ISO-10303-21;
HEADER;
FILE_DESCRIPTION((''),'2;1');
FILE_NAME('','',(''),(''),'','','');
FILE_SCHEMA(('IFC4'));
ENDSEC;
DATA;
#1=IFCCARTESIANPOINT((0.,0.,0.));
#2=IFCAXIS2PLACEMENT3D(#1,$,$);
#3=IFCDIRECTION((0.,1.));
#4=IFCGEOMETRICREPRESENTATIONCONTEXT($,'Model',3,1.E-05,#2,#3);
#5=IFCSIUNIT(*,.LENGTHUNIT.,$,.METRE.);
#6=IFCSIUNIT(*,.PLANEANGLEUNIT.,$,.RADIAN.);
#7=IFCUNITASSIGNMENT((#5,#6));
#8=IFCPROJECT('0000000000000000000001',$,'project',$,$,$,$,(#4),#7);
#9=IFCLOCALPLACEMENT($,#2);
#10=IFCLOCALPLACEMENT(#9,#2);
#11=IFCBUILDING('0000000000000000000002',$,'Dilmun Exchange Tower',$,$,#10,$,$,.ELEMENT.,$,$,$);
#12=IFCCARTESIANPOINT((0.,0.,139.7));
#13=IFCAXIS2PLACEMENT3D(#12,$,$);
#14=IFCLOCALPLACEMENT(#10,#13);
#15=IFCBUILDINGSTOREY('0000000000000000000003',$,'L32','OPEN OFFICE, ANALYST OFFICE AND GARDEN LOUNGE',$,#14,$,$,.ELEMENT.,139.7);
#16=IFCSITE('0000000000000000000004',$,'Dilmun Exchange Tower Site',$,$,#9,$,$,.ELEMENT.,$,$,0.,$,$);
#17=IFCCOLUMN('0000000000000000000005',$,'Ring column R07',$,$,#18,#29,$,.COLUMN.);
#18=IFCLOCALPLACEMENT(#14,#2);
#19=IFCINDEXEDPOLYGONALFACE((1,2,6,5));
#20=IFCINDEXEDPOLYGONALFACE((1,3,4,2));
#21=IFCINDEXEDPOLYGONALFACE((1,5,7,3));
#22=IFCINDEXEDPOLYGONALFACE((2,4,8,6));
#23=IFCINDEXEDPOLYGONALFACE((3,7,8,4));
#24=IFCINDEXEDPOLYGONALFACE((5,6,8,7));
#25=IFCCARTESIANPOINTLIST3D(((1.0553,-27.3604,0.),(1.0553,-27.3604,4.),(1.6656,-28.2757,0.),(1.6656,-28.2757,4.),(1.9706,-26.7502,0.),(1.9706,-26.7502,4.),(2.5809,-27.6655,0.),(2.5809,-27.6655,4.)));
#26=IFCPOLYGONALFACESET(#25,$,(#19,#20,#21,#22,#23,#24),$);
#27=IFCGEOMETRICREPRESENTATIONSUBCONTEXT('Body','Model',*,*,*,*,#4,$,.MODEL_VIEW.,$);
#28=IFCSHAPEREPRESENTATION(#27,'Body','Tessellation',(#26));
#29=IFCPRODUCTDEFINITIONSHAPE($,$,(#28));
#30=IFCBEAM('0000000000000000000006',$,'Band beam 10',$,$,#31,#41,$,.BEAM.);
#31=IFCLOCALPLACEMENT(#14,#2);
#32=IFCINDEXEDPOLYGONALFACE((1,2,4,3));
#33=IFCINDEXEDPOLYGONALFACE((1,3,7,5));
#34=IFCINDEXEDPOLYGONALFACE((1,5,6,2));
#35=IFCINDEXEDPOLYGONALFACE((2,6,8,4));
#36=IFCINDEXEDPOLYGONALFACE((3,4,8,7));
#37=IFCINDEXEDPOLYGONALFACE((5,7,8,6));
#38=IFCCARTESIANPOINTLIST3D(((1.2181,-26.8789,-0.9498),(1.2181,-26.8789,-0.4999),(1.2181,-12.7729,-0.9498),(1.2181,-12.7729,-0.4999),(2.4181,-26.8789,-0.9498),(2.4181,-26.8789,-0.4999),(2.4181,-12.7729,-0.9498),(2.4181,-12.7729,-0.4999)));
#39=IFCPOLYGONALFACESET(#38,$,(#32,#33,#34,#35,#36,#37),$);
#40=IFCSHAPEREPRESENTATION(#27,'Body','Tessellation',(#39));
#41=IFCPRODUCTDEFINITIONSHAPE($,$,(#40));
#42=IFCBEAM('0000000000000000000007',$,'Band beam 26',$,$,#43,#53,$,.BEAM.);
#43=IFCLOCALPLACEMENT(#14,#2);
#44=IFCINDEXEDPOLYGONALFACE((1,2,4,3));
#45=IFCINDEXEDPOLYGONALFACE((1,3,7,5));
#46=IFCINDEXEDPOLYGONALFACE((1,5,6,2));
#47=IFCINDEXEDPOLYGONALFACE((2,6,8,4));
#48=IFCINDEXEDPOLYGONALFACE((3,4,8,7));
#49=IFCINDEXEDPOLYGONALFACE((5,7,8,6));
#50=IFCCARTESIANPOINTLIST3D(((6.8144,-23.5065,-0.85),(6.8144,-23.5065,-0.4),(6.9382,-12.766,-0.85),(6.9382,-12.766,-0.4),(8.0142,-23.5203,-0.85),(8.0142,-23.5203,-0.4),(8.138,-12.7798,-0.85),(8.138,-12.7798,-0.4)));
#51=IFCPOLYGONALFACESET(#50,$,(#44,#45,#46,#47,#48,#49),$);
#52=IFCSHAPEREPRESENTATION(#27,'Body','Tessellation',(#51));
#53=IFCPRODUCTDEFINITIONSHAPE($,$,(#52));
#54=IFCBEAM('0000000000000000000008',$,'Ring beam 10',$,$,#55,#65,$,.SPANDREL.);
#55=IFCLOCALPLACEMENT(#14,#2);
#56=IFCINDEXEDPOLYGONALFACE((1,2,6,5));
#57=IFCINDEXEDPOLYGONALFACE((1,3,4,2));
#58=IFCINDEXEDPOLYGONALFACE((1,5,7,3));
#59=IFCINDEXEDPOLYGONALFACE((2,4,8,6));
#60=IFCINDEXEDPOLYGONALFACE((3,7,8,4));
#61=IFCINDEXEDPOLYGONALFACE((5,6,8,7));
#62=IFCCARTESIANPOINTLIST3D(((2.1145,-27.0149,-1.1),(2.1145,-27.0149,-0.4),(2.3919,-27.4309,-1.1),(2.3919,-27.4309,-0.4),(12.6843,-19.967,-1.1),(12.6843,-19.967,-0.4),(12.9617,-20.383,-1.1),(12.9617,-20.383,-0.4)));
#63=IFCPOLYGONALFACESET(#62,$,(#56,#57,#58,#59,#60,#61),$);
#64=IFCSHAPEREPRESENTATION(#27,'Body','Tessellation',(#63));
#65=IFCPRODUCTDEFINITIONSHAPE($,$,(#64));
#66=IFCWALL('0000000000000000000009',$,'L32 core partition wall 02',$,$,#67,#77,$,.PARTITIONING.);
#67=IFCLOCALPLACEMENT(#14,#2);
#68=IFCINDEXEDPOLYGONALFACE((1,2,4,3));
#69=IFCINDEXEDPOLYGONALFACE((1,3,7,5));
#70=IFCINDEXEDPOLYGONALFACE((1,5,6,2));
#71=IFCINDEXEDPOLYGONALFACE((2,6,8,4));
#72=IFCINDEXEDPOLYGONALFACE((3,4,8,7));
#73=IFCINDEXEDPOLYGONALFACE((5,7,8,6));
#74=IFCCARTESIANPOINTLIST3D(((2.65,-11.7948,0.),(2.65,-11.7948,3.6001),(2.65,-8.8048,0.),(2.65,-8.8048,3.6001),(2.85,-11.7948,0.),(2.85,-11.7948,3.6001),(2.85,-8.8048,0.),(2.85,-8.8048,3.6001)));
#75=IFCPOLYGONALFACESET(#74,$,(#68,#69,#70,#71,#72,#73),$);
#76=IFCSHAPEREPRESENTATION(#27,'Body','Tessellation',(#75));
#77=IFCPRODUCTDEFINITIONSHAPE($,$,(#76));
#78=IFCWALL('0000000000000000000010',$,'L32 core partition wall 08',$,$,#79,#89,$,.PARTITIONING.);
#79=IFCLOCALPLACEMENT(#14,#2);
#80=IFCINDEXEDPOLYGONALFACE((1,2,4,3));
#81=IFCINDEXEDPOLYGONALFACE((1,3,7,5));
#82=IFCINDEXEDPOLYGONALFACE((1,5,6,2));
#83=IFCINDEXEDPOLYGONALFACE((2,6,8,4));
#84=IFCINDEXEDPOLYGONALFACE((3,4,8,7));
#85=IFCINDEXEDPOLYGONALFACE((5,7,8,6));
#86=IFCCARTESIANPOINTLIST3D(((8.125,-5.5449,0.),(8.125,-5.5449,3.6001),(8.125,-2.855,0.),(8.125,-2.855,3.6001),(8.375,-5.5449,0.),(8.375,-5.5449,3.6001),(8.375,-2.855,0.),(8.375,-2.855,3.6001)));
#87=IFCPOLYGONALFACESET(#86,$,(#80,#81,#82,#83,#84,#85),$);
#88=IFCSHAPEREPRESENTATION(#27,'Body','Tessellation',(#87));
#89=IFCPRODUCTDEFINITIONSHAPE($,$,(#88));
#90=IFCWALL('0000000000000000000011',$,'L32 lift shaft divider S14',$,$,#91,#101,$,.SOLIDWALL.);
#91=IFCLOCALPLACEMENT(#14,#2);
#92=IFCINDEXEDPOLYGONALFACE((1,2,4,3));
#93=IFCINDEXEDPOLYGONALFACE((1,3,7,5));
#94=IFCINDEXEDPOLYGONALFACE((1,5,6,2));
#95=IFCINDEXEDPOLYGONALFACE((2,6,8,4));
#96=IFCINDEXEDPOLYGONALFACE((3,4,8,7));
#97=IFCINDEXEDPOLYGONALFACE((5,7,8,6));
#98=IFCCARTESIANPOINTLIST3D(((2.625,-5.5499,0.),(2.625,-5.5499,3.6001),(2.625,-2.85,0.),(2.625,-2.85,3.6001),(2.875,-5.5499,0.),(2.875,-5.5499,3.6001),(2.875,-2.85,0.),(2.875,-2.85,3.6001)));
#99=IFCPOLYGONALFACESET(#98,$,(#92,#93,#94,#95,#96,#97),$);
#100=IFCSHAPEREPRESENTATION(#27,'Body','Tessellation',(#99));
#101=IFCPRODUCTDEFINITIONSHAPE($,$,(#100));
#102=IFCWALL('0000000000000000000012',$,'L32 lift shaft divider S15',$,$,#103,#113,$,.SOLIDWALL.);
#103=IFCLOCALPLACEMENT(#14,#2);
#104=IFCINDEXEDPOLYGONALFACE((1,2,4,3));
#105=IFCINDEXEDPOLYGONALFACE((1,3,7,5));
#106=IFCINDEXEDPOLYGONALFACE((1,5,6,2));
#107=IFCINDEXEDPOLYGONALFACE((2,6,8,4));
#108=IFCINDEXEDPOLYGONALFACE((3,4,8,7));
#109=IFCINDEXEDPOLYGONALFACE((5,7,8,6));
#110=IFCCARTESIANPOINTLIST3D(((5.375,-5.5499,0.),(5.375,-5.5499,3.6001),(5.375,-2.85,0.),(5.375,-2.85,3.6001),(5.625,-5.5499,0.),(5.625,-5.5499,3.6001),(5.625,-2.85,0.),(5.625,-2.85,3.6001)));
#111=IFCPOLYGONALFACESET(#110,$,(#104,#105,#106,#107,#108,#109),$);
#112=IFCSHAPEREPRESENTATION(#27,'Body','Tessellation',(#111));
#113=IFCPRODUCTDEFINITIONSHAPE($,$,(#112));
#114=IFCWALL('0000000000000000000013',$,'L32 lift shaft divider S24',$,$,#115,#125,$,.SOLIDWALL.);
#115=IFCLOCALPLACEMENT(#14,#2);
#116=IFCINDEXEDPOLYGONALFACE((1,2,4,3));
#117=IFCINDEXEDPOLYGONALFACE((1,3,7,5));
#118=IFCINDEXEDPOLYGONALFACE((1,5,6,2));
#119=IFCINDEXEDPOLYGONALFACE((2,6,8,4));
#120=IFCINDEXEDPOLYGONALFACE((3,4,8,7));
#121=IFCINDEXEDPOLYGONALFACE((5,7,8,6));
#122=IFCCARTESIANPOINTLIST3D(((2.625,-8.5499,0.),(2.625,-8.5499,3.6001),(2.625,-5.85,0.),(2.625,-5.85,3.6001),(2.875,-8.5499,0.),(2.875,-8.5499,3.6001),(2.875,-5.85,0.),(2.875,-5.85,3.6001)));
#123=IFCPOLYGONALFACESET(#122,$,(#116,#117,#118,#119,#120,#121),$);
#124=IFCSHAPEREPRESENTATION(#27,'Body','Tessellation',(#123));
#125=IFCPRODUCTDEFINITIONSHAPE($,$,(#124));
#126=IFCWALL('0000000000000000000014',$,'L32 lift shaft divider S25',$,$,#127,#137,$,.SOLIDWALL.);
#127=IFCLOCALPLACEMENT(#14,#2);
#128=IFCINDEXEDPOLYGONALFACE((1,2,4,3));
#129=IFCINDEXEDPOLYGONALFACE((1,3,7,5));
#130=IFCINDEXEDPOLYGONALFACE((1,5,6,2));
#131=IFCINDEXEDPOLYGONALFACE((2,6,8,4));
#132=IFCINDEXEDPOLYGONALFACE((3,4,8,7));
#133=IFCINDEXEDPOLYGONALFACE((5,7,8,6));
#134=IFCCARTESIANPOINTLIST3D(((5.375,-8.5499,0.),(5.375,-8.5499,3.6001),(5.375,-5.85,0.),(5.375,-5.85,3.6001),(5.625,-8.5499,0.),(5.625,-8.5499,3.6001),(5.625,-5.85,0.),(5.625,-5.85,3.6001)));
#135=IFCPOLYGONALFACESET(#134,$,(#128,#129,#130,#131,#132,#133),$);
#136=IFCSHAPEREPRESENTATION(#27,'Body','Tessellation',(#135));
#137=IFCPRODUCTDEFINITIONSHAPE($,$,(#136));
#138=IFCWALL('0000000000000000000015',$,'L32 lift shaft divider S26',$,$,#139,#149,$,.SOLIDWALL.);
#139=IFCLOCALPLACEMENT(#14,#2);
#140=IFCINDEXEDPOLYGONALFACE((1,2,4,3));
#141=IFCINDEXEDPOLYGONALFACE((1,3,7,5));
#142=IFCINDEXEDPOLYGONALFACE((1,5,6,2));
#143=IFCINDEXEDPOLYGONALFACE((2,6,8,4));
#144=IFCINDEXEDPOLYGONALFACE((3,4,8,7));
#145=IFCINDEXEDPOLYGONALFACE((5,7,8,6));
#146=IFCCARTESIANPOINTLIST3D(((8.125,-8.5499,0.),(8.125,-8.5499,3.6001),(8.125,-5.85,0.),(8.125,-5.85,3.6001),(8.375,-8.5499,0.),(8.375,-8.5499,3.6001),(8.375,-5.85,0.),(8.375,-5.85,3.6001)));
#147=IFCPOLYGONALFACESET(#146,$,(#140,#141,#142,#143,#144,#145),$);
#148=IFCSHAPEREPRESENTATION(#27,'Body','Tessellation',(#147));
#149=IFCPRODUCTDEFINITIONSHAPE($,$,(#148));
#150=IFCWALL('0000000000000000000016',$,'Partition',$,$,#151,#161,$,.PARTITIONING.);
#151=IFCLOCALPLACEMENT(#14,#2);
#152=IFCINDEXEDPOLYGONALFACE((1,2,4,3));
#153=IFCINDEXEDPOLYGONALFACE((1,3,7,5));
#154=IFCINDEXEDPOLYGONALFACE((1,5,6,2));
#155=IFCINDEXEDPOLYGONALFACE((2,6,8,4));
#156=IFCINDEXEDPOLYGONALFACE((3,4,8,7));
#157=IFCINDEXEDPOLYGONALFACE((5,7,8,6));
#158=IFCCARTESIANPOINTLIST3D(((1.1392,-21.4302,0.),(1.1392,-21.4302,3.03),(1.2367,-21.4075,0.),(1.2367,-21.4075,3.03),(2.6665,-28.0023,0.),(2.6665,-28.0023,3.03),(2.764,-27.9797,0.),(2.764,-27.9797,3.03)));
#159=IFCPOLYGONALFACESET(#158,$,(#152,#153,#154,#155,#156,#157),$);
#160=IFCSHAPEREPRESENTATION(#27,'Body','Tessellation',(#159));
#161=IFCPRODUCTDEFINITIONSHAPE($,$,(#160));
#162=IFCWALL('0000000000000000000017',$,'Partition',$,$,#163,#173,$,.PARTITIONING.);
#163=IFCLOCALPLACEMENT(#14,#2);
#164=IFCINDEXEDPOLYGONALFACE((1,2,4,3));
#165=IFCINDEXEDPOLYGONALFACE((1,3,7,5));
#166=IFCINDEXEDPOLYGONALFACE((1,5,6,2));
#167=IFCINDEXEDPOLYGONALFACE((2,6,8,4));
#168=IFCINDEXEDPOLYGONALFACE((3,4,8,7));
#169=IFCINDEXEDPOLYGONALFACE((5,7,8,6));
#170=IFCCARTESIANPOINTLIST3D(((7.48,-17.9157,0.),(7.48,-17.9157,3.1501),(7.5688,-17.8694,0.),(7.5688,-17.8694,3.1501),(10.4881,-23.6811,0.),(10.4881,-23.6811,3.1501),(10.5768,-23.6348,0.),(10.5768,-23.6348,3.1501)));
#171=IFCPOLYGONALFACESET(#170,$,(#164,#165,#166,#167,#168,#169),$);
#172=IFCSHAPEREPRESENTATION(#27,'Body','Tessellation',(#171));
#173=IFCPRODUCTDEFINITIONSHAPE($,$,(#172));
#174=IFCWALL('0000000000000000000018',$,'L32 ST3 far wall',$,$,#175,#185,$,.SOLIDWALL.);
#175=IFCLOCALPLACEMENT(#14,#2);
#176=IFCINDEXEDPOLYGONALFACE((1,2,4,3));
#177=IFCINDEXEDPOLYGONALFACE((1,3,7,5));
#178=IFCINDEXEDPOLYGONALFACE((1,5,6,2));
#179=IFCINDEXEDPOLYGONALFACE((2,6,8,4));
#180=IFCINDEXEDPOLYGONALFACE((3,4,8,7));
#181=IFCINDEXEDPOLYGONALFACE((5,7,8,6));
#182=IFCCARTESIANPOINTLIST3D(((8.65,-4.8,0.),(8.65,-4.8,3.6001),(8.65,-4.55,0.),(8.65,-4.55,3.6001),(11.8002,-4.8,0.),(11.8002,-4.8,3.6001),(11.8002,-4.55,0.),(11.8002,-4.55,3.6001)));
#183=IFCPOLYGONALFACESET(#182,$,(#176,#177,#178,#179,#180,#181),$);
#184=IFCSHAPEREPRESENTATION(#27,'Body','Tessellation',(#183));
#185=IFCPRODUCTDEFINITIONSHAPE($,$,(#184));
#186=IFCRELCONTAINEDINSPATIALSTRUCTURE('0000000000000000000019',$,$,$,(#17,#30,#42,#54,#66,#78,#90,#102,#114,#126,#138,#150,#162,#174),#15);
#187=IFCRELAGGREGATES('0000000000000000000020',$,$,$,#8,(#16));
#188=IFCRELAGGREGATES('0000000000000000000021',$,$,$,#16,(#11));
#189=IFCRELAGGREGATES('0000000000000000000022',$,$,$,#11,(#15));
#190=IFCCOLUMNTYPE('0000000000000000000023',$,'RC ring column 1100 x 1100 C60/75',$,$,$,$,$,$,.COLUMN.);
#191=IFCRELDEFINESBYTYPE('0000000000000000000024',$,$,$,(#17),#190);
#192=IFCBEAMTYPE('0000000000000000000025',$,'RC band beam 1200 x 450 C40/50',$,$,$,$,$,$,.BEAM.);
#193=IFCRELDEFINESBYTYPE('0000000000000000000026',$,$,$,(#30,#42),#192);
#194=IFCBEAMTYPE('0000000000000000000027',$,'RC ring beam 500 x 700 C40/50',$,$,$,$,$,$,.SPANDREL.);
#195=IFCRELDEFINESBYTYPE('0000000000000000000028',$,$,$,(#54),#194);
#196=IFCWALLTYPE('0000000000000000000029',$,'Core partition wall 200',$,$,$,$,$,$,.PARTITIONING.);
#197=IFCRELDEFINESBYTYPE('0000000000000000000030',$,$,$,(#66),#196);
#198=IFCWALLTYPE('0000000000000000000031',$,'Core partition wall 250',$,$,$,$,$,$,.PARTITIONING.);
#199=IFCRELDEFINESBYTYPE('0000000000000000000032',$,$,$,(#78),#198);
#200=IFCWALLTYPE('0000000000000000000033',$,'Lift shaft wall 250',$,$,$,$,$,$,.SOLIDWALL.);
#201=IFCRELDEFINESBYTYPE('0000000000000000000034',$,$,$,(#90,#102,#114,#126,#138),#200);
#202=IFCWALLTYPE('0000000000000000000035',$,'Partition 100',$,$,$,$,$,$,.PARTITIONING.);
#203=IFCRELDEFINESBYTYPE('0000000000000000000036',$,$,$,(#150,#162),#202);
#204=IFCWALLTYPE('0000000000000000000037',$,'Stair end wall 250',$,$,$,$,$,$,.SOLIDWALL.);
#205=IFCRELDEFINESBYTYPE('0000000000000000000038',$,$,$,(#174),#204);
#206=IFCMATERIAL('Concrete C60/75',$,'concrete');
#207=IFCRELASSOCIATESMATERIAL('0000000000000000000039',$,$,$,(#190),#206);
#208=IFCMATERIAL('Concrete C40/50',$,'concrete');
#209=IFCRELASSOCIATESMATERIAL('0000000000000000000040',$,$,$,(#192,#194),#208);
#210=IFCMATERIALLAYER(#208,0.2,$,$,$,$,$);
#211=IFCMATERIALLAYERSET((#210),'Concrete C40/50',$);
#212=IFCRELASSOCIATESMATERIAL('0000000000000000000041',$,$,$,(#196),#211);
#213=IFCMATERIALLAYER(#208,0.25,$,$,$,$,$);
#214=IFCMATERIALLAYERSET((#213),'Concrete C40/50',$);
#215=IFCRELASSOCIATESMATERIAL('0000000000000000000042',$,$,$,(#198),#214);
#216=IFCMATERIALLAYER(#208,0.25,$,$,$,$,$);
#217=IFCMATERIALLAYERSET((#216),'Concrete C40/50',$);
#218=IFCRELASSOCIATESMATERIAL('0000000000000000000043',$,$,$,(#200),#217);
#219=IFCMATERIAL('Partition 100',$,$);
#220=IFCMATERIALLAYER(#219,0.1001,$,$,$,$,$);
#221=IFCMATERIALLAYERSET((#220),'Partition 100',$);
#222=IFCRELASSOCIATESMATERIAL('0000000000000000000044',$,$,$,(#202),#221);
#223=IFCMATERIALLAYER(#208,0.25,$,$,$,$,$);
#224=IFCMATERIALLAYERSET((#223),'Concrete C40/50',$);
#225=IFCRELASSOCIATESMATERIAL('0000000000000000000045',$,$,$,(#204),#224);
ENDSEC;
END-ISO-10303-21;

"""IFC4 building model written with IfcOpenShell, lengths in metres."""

from ifc_helpers import new_model, si_unit, direction, frame, frame_2d, origin, origin_2d, place, context, subcontext, project, spatial, rectangle, extrude, material, layer, layer_set, material_profile, profile_set, type_object, element, save


model = new_model("IFC4")

# Units and contexts
model_context = context("Model", 3, precision=1e-05, world=origin(), true_north=direction((0.0, 1.0)))
body_context = subcontext(model_context, "Body", "Model", "MODEL_VIEW")
ifc_project = project(units=[si_unit("LENGTHUNIT", "METRE"), si_unit("PLANEANGLEUNIT", "RADIAN")], contexts=[model_context])

# Site, building, storey
site_placement = place(None, origin())
site = spatial("IfcSite", under=ifc_project, at=site_placement, Name="Dilmun Exchange Tower Site", CompositionType="ELEMENT", RefElevation=0.0)
building_placement = place(site_placement, origin())
building = spatial("IfcBuilding", under=site, at=building_placement, Name="Dilmun Exchange Tower", CompositionType="ELEMENT")
storey_placement = place(building_placement, frame((0.0, 0.0, 139.7)))
storey = spatial("IfcBuildingStorey", under=building, at=storey_placement, Name="L32", Description="OPEN OFFICE, ANALYST OFFICE AND GARDEN LOUNGE", CompositionType="ELEMENT", Elevation=139.7)

# Column
ifc_material_1 = material(Name="Concrete C60/75", Category="concrete")
ifc_material_profile_1 = material_profile(ifc_material_1, rectangle(XDim=1.1001, YDim=1.1001, at=origin_2d()), Name="1100 x 1100")
ifc_profile_set_1 = profile_set([ifc_material_profile_1], Name="Concrete C60/75")
column_type = type_object("IfcColumnType", Name="RC ring column 1100 x 1100 C60/75", PredefinedType="COLUMN", material=ifc_profile_set_1)
column_placement = place(storey_placement, frame((1.8181, -27.5129, 0.0), z_axis=(0.0, 0.0, 1.0), x_axis=(0.832029, 0.554733, 0.0)))
element("IfcColumn", 1, at=column_placement, inside=storey, type_object=column_type, Name="Ring column R07", PredefinedType="COLUMN", context=body_context, shape_type="SweptSolid", body=[
    extrude(rectangle(XDim=1.1001, YDim=1.1001, at=origin_2d()), origin(), (0.0, 0.0, 1.0), 4.0),
])

# Beams
ifc_material_2 = material(Name="Concrete C40/50", Category="concrete")
ifc_material_profile_2 = material_profile(ifc_material_2, rectangle(XDim=1.2, YDim=0.45, at=origin_2d()), Name="1200 x 450")
ifc_profile_set_2 = profile_set([ifc_material_profile_2], Name="Concrete C40/50")
beam_type_1 = type_object("IfcBeamType", Name="RC band beam 1200 x 450 C40/50", PredefinedType="BEAM", material=ifc_profile_set_2)
beam_1_placement = place(storey_placement, frame((1.8181, -26.8789, -0.7249), z_axis=(0.0, 1.0, 0.0), x_axis=(-1.0, 0.0, 0.0)))
element("IfcBeam", 2, at=beam_1_placement, inside=storey, type_object=beam_type_1, Name="Band beam 10", PredefinedType="BEAM", context=body_context, shape_type="SweptSolid", body=[
    extrude(rectangle(XDim=1.2, YDim=0.45, at=origin_2d()), origin(), (0.0, 0.0, 1.0), 14.106),
])
beam_2_placement = place(storey_placement, frame((7.4143, -23.5134, -0.625), z_axis=(0.011524, 0.999934, 0.0), x_axis=(-0.999934, 0.011524, 0.0)))
element("IfcBeam", 3, at=beam_2_placement, inside=storey, type_object=beam_type_1, Name="Band beam 26", PredefinedType="BEAM", context=body_context, shape_type="SweptSolid", body=[
    extrude(rectangle(XDim=1.2, YDim=0.45, at=origin_2d()), origin(), (0.0, 0.0, 1.0), 10.7412),
])
ifc_material_profile_3 = material_profile(ifc_material_2, rectangle(XDim=0.5, YDim=0.7, at=origin_2d()), Name="500 x 700")
ifc_profile_set_3 = profile_set([ifc_material_profile_3], Name="Concrete C40/50")
beam_type_2 = type_object("IfcBeamType", Name="RC ring beam 500 x 700 C40/50", PredefinedType="SPANDREL", material=ifc_profile_set_3)
beam_3_placement = place(storey_placement, frame((2.2532, -27.2229, -0.75), z_axis=(0.832003, 0.554771, 0.0), x_axis=(-0.554771, 0.832003, 0.0)))
element("IfcBeam", 4, at=beam_3_placement, inside=storey, type_object=beam_type_2, Name="Ring beam 10", PredefinedType="SPANDREL", context=body_context, shape_type="SweptSolid", body=[
    extrude(rectangle(XDim=0.5, YDim=0.7, at=origin_2d()), origin(), (0.0, 0.0, 1.0), 12.7041),
])

# Walls
ifc_layer_1 = layer(ifc_material_2, 0.2)
ifc_layer_set_1 = layer_set([ifc_layer_1], Name="Concrete C40/50")
wall_type_1 = type_object("IfcWallType", Name="Core partition wall 200", PredefinedType="PARTITIONING", material=ifc_layer_set_1)
wall_1_placement = place(storey_placement, frame((2.75, -11.7949, 0.0), z_axis=(0.0, 0.0, 1.0), x_axis=(0.0, 1.0, 0.0)))
element("IfcWall", 5, at=wall_1_placement, inside=storey, type_object=wall_type_1, Name="L32 core partition wall 02", PredefinedType="PARTITIONING", context=body_context, shape_type="SweptSolid", body=[
    extrude(rectangle(XDim=2.99, YDim=0.2, at=frame_2d((1.4951, 0.0))), origin(), (0.0, 0.0, 1.0), 3.6001),
])
ifc_layer_2 = layer(ifc_material_2, 0.25)
ifc_layer_set_2 = layer_set([ifc_layer_2], Name="Concrete C40/50")
wall_type_2 = type_object("IfcWallType", Name="Core partition wall 250", PredefinedType="PARTITIONING", material=ifc_layer_set_2)
wall_2_placement = place(storey_placement, frame((8.25, -5.5449, 0.0), z_axis=(0.0, 0.0, 1.0), x_axis=(0.0, 1.0, 0.0)))
element("IfcWall", 6, at=wall_2_placement, inside=storey, type_object=wall_type_2, Name="L32 core partition wall 08", PredefinedType="PARTITIONING", context=body_context, shape_type="SweptSolid", body=[
    extrude(rectangle(XDim=2.6899, YDim=0.25, at=frame_2d((1.345, 0.0))), origin(), (0.0, 0.0, 1.0), 3.6001),
])
ifc_layer_3 = layer(ifc_material_2, 0.25)
ifc_layer_set_3 = layer_set([ifc_layer_3], Name="Concrete C40/50")
wall_type_3 = type_object("IfcWallType", Name="Lift shaft wall 250", PredefinedType="SOLIDWALL", material=ifc_layer_set_3)
for number, where, z_axis, x_axis, name in (
    (7, (2.75, -5.55, 0.0), (0.0, 0.0, 1.0), (0.0, 1.0, 0.0), "L32 lift shaft divider S14"),
    (8, (5.5, -5.55, 0.0), (0.0, 0.0, 1.0), (0.0, 1.0, 0.0), "L32 lift shaft divider S15"),
    (9, (2.75, -8.55, 0.0), (0.0, 0.0, 1.0), (0.0, 1.0, 0.0), "L32 lift shaft divider S24"),
    (10, (5.5, -8.55, 0.0), (0.0, 0.0, 1.0), (0.0, 1.0, 0.0), "L32 lift shaft divider S25"),
    (11, (8.25, -8.55, 0.0), (0.0, 0.0, 1.0), (0.0, 1.0, 0.0), "L32 lift shaft divider S26"),
):
    element("IfcWall", number, at=place(storey_placement, frame(where, z_axis=z_axis, x_axis=x_axis)), inside=storey, type_object=wall_type_3, Name=name, PredefinedType="SOLIDWALL", context=body_context, shape_type="SweptSolid", body=[
        extrude(rectangle(XDim=2.7, YDim=0.25, at=frame_2d((1.3501, 0.0))), origin(), (0.0, 0.0, 1.0), 3.6001),
    ])
ifc_material_3 = material(Name="Partition 100")
ifc_layer_4 = layer(ifc_material_3, 0.1001)
ifc_layer_set_4 = layer_set([ifc_layer_4], Name="Partition 100")
wall_type_4 = type_object("IfcWallType", Name="Partition 100", PredefinedType="PARTITIONING", material=ifc_layer_set_4)
wall_3_placement = place(storey_placement, frame((1.188, -21.4189, 0.0), z_axis=(0.0, 0.0, 1.0), x_axis=(0.22636, -0.974044, 0.0)))
element("IfcWall", 12, at=wall_3_placement, inside=storey, type_object=wall_type_4, Name="Partition", PredefinedType="PARTITIONING", context=body_context, shape_type="SweptSolid", body=[
    extrude(rectangle(XDim=6.7473, YDim=0.1001, at=frame_2d((3.3735, 0.0))), origin(), (0.0, 0.0, 1.0), 3.03),
])
wall_4_placement = place(storey_placement, frame((7.5244, -17.8926, 0.0), z_axis=(0.0, 0.0, 1.0), x_axis=(0.46257, -0.886583, 0.0)))
element("IfcWall", 13, at=wall_4_placement, inside=storey, type_object=wall_type_4, Name="Partition", PredefinedType="PARTITIONING", context=body_context, shape_type="SweptSolid", body=[
    extrude(rectangle(XDim=6.5029, YDim=0.1001, at=frame_2d((3.2515, 0.0))), origin(), (0.0, 0.0, 1.0), 3.1501),
])
ifc_layer_5 = layer(ifc_material_2, 0.25)
ifc_layer_set_5 = layer_set([ifc_layer_5], Name="Concrete C40/50")
wall_type_5 = type_object("IfcWallType", Name="Stair end wall 250", PredefinedType="SOLIDWALL", material=ifc_layer_set_5)
wall_5_placement = place(storey_placement, frame((8.6499, -4.675, 0.0), z_axis=(0.0, 0.0, 1.0), x_axis=(1.0, 0.0, 0.0)))
element("IfcWall", 14, at=wall_5_placement, inside=storey, type_object=wall_type_5, Name="L32 ST3 far wall", PredefinedType="SOLIDWALL", context=body_context, shape_type="SweptSolid", body=[
    extrude(rectangle(XDim=3.1501, YDim=0.25, at=frame_2d((1.5752, 0.0))), origin(), (0.0, 0.0, 1.0), 3.6001),
])

save(model, "model.ifc")
